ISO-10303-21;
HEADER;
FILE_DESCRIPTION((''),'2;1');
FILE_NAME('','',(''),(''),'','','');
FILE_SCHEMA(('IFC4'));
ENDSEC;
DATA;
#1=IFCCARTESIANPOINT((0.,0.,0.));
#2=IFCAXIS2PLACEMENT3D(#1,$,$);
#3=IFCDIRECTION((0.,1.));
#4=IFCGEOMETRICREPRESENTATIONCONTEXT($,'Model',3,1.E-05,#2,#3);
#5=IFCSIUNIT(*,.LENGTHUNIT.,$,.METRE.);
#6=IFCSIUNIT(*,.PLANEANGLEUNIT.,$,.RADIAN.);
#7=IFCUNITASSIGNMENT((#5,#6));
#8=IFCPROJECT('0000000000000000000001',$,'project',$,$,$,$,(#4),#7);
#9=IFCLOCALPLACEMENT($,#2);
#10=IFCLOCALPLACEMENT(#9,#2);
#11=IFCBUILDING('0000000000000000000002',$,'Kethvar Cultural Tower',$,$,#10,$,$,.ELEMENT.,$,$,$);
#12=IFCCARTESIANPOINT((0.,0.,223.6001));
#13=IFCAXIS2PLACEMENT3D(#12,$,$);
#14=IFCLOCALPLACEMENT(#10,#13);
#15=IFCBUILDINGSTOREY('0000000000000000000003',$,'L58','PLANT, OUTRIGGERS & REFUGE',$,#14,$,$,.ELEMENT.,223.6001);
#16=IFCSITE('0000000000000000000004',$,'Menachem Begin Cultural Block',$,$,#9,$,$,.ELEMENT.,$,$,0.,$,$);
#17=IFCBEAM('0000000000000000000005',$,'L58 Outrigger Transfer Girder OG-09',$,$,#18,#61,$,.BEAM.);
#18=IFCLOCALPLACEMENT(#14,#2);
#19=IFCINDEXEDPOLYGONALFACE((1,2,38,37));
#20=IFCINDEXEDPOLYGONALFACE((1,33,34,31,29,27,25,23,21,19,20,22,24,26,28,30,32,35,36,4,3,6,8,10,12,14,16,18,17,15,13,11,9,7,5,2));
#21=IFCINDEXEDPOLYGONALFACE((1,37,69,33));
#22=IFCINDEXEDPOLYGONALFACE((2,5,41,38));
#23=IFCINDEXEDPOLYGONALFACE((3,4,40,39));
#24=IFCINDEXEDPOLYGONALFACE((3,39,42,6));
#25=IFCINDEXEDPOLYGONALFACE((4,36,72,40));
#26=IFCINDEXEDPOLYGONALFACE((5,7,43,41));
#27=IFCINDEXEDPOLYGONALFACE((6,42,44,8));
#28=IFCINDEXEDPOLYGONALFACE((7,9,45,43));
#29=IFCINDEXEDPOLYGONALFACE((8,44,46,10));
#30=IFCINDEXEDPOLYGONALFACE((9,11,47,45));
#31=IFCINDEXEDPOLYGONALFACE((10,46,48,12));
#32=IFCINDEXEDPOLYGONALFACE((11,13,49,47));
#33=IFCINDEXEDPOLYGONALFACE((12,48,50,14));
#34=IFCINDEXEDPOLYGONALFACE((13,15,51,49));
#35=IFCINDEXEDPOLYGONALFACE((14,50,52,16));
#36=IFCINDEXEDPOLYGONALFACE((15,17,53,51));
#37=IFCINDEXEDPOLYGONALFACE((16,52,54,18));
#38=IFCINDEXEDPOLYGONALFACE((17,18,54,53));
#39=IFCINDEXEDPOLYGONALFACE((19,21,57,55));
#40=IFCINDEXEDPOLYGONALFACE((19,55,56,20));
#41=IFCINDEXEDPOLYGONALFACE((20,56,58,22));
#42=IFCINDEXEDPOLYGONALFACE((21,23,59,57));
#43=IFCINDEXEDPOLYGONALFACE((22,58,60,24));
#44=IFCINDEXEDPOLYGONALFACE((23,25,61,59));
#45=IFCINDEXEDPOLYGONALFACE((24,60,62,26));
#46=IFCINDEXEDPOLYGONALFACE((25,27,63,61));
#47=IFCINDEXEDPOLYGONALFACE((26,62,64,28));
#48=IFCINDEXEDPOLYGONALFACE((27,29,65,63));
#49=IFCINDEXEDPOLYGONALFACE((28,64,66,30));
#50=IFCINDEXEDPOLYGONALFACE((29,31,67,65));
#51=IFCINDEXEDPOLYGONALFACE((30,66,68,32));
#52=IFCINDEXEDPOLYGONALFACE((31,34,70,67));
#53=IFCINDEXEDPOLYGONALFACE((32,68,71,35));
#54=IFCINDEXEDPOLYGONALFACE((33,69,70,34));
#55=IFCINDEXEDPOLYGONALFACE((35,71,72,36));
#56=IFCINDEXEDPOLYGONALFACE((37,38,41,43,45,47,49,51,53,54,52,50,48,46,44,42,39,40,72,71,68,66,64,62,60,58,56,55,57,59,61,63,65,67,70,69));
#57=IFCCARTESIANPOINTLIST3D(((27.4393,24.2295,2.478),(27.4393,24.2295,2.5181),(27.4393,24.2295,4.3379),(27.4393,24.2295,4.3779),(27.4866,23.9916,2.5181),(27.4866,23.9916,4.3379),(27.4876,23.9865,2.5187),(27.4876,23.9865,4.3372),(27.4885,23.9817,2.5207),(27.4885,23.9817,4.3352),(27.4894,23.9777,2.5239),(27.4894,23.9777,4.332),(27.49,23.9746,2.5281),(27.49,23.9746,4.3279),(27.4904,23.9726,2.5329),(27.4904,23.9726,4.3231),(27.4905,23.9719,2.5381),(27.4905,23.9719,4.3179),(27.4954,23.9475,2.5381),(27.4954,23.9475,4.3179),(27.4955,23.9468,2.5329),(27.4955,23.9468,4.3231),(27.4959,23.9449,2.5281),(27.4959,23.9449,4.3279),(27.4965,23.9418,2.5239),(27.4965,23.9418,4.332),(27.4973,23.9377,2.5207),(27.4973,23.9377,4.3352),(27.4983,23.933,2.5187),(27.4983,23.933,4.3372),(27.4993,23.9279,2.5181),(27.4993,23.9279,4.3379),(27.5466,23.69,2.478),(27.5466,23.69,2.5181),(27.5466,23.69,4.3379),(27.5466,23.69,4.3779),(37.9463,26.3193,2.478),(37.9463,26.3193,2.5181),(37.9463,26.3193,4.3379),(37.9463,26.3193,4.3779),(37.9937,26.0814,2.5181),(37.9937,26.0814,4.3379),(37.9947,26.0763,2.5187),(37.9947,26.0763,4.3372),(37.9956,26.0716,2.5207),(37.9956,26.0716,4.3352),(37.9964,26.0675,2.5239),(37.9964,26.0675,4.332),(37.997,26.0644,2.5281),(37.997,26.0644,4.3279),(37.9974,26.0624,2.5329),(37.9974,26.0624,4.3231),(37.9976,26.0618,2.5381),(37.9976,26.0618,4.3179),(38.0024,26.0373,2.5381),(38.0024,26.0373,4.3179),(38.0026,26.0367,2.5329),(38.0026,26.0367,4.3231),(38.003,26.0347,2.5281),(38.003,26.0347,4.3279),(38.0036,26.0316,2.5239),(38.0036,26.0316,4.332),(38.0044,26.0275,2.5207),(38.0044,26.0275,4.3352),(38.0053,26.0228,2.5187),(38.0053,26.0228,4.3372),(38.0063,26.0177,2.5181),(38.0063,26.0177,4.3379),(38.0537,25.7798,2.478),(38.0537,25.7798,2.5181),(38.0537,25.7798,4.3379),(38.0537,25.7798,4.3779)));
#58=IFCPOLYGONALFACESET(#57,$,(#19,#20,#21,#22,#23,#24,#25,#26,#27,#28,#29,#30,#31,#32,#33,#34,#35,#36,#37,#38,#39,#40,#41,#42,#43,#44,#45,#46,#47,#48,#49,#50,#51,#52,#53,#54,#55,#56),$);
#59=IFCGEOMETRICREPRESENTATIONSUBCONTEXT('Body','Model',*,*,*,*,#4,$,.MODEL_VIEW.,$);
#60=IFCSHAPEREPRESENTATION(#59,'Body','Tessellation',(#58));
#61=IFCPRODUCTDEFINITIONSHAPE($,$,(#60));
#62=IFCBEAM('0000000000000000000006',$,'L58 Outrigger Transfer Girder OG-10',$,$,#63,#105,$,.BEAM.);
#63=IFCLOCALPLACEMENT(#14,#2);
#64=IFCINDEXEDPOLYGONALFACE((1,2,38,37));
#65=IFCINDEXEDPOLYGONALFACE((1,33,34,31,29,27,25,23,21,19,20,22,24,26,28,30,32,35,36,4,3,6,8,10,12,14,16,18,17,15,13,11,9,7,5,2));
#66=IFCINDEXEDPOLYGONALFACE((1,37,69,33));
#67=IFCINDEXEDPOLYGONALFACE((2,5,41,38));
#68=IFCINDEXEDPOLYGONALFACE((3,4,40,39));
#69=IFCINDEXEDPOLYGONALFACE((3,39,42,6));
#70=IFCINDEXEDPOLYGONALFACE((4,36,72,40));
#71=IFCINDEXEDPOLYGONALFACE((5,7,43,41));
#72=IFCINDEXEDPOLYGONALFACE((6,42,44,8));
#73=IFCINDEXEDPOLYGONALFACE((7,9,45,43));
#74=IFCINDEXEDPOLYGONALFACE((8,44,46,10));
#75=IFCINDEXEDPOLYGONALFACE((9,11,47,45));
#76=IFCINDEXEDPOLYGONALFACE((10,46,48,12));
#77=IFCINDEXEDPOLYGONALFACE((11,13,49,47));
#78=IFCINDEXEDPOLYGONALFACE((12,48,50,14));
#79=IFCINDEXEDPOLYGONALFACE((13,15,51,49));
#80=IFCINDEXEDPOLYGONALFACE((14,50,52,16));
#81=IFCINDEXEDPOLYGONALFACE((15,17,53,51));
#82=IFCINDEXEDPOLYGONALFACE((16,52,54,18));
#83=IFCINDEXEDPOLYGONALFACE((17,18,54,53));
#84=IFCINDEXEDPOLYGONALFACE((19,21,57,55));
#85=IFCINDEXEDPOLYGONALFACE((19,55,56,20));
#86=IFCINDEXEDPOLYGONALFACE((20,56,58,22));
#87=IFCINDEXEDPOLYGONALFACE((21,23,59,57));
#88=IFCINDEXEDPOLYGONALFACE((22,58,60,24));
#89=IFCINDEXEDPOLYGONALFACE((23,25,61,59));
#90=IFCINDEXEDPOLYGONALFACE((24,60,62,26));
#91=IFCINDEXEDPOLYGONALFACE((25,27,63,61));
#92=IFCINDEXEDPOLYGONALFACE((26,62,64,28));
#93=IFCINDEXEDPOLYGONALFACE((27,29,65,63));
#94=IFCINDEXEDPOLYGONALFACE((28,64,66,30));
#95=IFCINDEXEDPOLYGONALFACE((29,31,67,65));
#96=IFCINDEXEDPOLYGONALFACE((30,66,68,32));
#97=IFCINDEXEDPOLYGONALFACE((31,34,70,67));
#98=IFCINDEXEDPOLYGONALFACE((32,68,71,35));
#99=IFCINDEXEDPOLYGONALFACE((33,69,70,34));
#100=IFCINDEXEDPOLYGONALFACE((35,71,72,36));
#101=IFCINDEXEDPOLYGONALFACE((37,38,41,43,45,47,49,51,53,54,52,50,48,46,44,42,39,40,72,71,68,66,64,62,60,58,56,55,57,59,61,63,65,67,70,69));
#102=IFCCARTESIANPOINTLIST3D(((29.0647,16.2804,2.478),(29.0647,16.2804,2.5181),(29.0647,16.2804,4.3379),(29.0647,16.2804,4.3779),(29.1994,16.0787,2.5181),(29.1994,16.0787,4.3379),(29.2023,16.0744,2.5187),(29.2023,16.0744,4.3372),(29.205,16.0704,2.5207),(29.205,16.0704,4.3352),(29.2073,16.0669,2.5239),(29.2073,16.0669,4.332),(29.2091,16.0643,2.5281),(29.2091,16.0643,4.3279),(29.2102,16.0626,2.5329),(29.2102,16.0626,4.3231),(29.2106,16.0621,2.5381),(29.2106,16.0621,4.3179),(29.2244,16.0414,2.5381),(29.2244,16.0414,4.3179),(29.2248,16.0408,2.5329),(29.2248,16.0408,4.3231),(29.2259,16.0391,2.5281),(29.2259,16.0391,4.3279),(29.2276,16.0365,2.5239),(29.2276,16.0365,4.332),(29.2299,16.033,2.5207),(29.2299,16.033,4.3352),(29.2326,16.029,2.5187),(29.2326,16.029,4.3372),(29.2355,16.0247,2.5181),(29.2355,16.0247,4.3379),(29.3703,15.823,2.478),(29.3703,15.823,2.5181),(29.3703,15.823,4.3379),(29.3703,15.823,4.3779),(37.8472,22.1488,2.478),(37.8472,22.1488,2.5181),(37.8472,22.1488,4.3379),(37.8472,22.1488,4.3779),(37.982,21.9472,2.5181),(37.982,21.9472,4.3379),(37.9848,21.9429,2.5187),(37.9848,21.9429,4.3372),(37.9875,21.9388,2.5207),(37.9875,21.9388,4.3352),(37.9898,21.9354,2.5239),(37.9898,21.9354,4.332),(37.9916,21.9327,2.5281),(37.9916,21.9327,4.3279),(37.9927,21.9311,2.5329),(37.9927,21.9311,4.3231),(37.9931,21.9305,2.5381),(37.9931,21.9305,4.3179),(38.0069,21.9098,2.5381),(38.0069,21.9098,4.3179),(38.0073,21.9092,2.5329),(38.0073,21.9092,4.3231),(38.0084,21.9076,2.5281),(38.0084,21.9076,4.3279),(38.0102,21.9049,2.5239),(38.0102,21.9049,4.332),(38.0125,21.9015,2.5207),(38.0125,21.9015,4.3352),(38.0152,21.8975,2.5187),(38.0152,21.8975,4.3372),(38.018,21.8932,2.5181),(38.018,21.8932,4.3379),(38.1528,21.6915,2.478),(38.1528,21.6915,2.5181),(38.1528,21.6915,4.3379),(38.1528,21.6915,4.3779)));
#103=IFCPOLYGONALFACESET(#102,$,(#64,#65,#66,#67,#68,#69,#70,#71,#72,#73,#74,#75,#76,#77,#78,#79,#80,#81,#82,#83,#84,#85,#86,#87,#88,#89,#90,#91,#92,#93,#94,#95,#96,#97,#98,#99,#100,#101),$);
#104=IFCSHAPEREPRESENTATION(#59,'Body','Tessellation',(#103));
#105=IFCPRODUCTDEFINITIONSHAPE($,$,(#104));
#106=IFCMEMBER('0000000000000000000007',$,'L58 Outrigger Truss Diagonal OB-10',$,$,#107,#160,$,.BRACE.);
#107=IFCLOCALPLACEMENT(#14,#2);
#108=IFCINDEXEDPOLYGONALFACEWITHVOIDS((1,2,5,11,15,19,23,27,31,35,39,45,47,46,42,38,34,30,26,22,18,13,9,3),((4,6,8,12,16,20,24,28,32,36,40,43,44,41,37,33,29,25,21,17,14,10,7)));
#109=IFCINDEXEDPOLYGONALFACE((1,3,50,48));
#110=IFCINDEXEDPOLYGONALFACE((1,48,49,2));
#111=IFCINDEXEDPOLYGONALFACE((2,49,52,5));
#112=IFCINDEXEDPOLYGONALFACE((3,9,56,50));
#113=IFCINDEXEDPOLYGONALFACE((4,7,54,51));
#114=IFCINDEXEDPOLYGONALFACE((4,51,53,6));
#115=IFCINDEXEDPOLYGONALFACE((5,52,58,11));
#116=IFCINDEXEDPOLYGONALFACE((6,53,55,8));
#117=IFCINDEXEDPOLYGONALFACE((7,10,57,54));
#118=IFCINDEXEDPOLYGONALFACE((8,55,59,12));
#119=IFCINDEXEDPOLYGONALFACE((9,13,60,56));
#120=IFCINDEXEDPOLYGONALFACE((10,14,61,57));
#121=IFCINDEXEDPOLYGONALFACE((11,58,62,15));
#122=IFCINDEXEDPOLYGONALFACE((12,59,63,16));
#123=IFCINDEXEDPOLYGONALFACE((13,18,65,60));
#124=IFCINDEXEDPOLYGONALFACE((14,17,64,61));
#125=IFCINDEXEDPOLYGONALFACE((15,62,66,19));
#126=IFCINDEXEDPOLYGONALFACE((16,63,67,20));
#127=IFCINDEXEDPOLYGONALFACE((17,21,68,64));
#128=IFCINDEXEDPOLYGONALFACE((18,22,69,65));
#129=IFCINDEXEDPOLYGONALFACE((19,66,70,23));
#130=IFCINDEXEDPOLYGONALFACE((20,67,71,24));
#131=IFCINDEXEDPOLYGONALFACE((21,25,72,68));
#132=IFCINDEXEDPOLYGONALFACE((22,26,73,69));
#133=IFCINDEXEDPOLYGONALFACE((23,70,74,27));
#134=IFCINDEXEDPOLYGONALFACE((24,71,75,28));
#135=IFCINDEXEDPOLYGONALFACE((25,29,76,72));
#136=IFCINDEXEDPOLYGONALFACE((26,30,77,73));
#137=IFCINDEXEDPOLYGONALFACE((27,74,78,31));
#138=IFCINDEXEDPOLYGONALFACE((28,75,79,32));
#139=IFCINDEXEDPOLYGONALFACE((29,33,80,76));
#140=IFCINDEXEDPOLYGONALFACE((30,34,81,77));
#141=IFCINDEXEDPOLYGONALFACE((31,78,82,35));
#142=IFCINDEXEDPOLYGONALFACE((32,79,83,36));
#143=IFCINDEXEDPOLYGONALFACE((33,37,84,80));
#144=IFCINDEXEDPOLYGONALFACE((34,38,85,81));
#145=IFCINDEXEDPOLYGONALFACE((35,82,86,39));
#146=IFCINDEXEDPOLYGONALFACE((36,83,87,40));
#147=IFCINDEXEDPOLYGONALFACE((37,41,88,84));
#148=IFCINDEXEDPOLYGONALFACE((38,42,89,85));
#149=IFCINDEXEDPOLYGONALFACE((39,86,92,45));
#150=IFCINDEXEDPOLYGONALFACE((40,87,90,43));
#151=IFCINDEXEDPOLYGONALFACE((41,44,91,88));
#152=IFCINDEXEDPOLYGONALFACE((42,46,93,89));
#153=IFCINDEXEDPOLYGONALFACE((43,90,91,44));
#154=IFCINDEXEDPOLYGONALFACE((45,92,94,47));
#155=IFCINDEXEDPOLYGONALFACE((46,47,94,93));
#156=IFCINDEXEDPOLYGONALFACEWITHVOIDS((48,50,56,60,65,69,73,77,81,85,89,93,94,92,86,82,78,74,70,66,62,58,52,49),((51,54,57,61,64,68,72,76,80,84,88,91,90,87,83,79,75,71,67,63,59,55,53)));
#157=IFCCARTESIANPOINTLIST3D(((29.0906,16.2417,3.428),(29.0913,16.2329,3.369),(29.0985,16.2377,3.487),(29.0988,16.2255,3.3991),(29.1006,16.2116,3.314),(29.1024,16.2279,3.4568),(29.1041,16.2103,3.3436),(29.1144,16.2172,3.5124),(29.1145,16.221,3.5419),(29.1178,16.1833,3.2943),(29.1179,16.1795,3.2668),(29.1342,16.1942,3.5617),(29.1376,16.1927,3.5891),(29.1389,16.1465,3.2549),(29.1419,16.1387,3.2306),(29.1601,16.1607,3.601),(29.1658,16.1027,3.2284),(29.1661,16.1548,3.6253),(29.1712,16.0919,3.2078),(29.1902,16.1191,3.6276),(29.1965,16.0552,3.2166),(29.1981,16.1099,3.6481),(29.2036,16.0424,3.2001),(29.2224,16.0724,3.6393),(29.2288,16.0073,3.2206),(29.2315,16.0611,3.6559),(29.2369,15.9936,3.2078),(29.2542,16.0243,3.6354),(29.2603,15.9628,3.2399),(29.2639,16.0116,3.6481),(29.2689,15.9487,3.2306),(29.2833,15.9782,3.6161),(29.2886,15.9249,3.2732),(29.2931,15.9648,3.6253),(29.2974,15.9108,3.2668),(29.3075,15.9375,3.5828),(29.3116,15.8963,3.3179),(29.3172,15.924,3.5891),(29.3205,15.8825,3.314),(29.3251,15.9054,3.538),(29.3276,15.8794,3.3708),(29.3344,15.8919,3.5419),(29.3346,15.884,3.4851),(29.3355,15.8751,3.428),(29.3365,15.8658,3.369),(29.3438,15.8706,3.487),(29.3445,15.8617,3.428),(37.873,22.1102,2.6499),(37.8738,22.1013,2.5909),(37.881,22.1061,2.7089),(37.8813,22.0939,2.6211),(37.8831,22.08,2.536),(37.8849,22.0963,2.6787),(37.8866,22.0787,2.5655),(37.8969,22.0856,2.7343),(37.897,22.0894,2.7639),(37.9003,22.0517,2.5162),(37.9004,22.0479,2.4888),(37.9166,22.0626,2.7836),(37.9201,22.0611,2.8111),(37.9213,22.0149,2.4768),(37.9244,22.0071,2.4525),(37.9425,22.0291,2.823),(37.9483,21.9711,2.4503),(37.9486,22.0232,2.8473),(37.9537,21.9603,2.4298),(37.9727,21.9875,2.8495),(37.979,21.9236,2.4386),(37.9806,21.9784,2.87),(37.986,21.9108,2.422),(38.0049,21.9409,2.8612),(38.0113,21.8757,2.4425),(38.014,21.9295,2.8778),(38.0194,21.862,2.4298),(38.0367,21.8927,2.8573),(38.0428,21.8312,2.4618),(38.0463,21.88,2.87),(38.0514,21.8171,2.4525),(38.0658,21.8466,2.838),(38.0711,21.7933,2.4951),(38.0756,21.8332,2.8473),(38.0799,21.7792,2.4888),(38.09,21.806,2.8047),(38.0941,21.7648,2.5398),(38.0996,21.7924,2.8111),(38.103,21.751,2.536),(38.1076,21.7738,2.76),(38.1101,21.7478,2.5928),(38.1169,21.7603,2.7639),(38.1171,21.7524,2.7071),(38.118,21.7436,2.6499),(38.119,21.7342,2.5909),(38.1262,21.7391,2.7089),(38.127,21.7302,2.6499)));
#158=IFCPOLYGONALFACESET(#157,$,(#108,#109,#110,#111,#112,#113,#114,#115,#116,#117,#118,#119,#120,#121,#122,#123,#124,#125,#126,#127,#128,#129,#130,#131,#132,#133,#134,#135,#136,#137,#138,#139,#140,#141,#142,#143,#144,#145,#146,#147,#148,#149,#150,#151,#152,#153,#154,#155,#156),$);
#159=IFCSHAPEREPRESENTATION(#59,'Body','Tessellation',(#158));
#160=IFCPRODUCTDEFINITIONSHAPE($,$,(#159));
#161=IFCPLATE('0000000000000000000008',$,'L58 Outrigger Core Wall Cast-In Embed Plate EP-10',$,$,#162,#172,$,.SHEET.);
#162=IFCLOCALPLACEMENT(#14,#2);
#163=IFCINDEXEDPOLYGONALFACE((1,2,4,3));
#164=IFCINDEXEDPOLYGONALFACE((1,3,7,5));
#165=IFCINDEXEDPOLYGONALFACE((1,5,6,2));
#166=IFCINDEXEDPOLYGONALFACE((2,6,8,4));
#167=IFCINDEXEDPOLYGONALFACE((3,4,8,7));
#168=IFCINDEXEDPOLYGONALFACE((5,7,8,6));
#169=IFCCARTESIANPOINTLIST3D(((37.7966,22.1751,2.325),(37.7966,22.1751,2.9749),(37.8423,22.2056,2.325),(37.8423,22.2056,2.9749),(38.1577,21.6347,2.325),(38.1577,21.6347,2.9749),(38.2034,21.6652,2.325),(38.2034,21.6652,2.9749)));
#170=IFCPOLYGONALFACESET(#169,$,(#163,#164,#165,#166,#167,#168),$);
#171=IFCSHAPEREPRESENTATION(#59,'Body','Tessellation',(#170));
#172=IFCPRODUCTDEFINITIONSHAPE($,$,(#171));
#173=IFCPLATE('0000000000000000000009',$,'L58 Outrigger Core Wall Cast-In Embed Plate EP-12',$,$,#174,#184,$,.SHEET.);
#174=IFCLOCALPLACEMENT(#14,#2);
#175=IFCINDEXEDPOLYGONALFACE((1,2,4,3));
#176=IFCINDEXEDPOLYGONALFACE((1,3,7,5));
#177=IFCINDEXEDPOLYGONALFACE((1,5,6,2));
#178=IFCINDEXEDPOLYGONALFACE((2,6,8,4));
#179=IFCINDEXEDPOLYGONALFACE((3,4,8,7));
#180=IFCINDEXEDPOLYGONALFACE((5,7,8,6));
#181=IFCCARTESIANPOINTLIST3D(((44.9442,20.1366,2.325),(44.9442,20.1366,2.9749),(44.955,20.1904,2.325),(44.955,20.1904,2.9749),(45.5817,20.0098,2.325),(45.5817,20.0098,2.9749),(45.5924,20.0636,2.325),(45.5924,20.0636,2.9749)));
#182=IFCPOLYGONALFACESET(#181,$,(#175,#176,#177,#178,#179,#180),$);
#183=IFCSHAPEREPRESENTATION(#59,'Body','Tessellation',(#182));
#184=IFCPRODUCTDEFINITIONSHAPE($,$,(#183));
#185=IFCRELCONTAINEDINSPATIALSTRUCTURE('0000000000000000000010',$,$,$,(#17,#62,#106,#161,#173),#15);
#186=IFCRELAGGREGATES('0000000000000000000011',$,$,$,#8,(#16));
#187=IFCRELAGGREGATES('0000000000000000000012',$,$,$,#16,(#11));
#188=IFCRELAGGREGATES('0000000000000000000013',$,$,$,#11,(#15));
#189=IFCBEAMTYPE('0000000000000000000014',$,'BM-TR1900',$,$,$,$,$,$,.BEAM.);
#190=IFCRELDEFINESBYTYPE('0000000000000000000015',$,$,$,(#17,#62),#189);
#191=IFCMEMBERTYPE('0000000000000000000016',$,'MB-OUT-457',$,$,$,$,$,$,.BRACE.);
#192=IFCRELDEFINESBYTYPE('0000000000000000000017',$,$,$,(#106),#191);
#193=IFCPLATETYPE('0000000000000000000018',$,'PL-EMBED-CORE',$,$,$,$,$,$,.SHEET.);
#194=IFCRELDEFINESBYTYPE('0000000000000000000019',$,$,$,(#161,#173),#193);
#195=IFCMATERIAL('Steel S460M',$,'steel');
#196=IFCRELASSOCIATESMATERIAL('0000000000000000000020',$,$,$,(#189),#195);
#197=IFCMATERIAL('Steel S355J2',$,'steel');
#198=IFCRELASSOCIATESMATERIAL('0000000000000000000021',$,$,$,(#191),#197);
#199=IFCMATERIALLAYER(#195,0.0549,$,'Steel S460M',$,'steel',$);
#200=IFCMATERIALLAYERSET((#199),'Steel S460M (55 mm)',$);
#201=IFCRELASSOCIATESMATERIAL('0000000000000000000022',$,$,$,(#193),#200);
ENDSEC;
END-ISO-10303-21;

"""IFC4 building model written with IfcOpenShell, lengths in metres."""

from ifc_helpers import new_model, si_unit, direction, frame, origin, origin_2d, place, context, subcontext, project, spatial, rectangle, hollow_circle, i_section, extrude, source, transform, mapped, material, layer, layer_set, material_profile, profile_set, type_object, element, save


model = new_model("IFC4")

# Units and contexts
model_context = context("Model", 3, precision=1e-05, world=origin(), true_north=direction((0.0, 1.0)))
body_context = subcontext(model_context, "Body", "Model", "MODEL_VIEW")
ifc_project = project(units=[si_unit("LENGTHUNIT", "METRE"), si_unit("PLANEANGLEUNIT", "RADIAN")], contexts=[model_context])

# Site, building, storey
site_placement = place(None, origin())
site = spatial("IfcSite", under=ifc_project, at=site_placement, Name="Menachem Begin Cultural Block", CompositionType="ELEMENT", RefElevation=0.0)
building_placement = place(site_placement, origin())
building = spatial("IfcBuilding", under=site, at=building_placement, Name="Kethvar Cultural Tower", CompositionType="ELEMENT")
storey_placement = place(building_placement, frame((0.0, 0.0, 223.6001)))
storey = spatial("IfcBuildingStorey", under=building, at=storey_placement, Name="L58", Description="PLANT, OUTRIGGERS & REFUGE", CompositionType="ELEMENT", Elevation=223.6001)

# Beams
ifc_material_1 = material(Name="Steel S460M", Category="steel")
ifc_material_profile_1 = material_profile(ifc_material_1, i_section(OverallWidth=0.55, OverallDepth=1.8999, WebThickness=0.0249, FlangeThickness=0.04, FilletRadius=0.02, at=origin_2d()), Name="Steel S460M — PG1900x550x40x25")
ifc_profile_set_1 = profile_set([ifc_material_profile_1], Name="Steel S460M — PG1900x550x40x25")
beam_type = type_object("IfcBeamType", Name="BM-TR1900", PredefinedType="BEAM", material=ifc_profile_set_1)
shared_shape_1 = source(origin(), body_context, "Body", "SweptSolid", [
    extrude(i_section(OverallWidth=0.55, OverallDepth=1.8999, WebThickness=0.0249, FlangeThickness=0.04, FilletRadius=0.02, at=origin_2d()), origin(), (0.0, 0.0, 1.0), 10.7129),
])
beam_1_placement = place(storey_placement, frame((38.0, 26.0496, 3.428), z_axis=(-0.980788, -0.195077, 0.0), x_axis=(0.195077, -0.980788, 0.0)))
element("IfcBeam", 1, at=beam_1_placement, inside=storey, type_object=beam_type, Name="L58 Outrigger Transfer Girder OG-09", PredefinedType="BEAM", context=body_context, shape_type="MappedRepresentation", body=[
    mapped(shared_shape_1, transform((0.0, 0.0, 0.0), scale=1.0)),
])
shared_shape_2 = source(origin(), body_context, "Body", "SweptSolid", [
    extrude(i_section(OverallWidth=0.55, OverallDepth=1.8999, WebThickness=0.0249, FlangeThickness=0.04, FilletRadius=0.02, at=origin_2d()), origin(), (0.0, 0.0, 1.0), 10.5627),
])
beam_2_placement = place(storey_placement, frame((38.0, 21.9202, 3.428), z_axis=(-0.831463, -0.55558, 0.0), x_axis=(0.55558, -0.831463, 0.0)))
element("IfcBeam", 2, at=beam_2_placement, inside=storey, type_object=beam_type, Name="L58 Outrigger Transfer Girder OG-10", PredefinedType="BEAM", context=body_context, shape_type="MappedRepresentation", body=[
    mapped(shared_shape_2, transform((0.0, 0.0, 0.0), scale=1.0)),
])

# Member
ifc_material_2 = material(Name="Steel S355J2", Category="steel")
ifc_material_profile_2 = material_profile(ifc_material_2, hollow_circle(Radius=0.2285, WallThickness=0.0161, at=origin_2d()), Name="Steel S355J2 — CHS457x16")
ifc_profile_set_2 = profile_set([ifc_material_profile_2], Name="Steel S355J2 — CHS457x16")
member_type = type_object("IfcMemberType", Name="MB-OUT-457", PredefinedType="BRACE", material=ifc_profile_set_2)
shared_shape_3 = source(origin(), body_context, "Body", "SweptSolid", [
    extrude(hollow_circle(Radius=0.2285, WallThickness=0.0161, at=origin_2d()), origin(), (0.0, 0.0, 1.0), 10.5913),
])
member_placement = place(storey_placement, frame((38.0, 21.9202, 2.6499), z_axis=(-0.829216, -0.554079, 0.073464), x_axis=(0.55558, -0.831463, 0.0)))
element("IfcMember", 3, at=member_placement, inside=storey, type_object=member_type, Name="L58 Outrigger Truss Diagonal OB-10", PredefinedType="BRACE", context=body_context, shape_type="MappedRepresentation", body=[
    mapped(shared_shape_3, transform((0.0, 0.0, 0.0), scale=1.0)),
])

# Plates
ifc_layer_1 = layer(ifc_material_1, 0.0549, Name="Steel S460M", Category="steel")
ifc_layer_set_1 = layer_set([ifc_layer_1], Name="Steel S460M (55 mm)")
plate_type = type_object("IfcPlateType", Name="PL-EMBED-CORE", PredefinedType="SHEET", material=ifc_layer_set_1)
shared_shape_4 = source(origin(), body_context, "Body", "SweptSolid", [
    extrude(rectangle(XDim=0.0549, YDim=0.6499, at=origin_2d()), origin(), (0.0, 0.0, 1.0), 0.6499),
])
for number, where, z_axis, x_axis, name in (
    (4, (38.0, 21.9202, 2.325), (0.0, 0.0, 1.0), (-0.83147, -0.55557, 0.0), "L58 Outrigger Core Wall Cast-In Embed Plate EP-10"),
    (5, (45.2683, 20.1001, 2.325), (0.0, 0.0, 1.0), (-0.19509, -0.980785, 0.0), "L58 Outrigger Core Wall Cast-In Embed Plate EP-12"),
):
    element("IfcPlate", number, at=place(storey_placement, frame(where, z_axis=z_axis, x_axis=x_axis)), inside=storey, type_object=plate_type, Name=name, PredefinedType="SHEET", context=body_context, shape_type="MappedRepresentation", body=[
        mapped(shared_shape_4, transform((0.0, 0.0, 0.0), scale=1.0)),
    ])

save(model, "model.ifc")
